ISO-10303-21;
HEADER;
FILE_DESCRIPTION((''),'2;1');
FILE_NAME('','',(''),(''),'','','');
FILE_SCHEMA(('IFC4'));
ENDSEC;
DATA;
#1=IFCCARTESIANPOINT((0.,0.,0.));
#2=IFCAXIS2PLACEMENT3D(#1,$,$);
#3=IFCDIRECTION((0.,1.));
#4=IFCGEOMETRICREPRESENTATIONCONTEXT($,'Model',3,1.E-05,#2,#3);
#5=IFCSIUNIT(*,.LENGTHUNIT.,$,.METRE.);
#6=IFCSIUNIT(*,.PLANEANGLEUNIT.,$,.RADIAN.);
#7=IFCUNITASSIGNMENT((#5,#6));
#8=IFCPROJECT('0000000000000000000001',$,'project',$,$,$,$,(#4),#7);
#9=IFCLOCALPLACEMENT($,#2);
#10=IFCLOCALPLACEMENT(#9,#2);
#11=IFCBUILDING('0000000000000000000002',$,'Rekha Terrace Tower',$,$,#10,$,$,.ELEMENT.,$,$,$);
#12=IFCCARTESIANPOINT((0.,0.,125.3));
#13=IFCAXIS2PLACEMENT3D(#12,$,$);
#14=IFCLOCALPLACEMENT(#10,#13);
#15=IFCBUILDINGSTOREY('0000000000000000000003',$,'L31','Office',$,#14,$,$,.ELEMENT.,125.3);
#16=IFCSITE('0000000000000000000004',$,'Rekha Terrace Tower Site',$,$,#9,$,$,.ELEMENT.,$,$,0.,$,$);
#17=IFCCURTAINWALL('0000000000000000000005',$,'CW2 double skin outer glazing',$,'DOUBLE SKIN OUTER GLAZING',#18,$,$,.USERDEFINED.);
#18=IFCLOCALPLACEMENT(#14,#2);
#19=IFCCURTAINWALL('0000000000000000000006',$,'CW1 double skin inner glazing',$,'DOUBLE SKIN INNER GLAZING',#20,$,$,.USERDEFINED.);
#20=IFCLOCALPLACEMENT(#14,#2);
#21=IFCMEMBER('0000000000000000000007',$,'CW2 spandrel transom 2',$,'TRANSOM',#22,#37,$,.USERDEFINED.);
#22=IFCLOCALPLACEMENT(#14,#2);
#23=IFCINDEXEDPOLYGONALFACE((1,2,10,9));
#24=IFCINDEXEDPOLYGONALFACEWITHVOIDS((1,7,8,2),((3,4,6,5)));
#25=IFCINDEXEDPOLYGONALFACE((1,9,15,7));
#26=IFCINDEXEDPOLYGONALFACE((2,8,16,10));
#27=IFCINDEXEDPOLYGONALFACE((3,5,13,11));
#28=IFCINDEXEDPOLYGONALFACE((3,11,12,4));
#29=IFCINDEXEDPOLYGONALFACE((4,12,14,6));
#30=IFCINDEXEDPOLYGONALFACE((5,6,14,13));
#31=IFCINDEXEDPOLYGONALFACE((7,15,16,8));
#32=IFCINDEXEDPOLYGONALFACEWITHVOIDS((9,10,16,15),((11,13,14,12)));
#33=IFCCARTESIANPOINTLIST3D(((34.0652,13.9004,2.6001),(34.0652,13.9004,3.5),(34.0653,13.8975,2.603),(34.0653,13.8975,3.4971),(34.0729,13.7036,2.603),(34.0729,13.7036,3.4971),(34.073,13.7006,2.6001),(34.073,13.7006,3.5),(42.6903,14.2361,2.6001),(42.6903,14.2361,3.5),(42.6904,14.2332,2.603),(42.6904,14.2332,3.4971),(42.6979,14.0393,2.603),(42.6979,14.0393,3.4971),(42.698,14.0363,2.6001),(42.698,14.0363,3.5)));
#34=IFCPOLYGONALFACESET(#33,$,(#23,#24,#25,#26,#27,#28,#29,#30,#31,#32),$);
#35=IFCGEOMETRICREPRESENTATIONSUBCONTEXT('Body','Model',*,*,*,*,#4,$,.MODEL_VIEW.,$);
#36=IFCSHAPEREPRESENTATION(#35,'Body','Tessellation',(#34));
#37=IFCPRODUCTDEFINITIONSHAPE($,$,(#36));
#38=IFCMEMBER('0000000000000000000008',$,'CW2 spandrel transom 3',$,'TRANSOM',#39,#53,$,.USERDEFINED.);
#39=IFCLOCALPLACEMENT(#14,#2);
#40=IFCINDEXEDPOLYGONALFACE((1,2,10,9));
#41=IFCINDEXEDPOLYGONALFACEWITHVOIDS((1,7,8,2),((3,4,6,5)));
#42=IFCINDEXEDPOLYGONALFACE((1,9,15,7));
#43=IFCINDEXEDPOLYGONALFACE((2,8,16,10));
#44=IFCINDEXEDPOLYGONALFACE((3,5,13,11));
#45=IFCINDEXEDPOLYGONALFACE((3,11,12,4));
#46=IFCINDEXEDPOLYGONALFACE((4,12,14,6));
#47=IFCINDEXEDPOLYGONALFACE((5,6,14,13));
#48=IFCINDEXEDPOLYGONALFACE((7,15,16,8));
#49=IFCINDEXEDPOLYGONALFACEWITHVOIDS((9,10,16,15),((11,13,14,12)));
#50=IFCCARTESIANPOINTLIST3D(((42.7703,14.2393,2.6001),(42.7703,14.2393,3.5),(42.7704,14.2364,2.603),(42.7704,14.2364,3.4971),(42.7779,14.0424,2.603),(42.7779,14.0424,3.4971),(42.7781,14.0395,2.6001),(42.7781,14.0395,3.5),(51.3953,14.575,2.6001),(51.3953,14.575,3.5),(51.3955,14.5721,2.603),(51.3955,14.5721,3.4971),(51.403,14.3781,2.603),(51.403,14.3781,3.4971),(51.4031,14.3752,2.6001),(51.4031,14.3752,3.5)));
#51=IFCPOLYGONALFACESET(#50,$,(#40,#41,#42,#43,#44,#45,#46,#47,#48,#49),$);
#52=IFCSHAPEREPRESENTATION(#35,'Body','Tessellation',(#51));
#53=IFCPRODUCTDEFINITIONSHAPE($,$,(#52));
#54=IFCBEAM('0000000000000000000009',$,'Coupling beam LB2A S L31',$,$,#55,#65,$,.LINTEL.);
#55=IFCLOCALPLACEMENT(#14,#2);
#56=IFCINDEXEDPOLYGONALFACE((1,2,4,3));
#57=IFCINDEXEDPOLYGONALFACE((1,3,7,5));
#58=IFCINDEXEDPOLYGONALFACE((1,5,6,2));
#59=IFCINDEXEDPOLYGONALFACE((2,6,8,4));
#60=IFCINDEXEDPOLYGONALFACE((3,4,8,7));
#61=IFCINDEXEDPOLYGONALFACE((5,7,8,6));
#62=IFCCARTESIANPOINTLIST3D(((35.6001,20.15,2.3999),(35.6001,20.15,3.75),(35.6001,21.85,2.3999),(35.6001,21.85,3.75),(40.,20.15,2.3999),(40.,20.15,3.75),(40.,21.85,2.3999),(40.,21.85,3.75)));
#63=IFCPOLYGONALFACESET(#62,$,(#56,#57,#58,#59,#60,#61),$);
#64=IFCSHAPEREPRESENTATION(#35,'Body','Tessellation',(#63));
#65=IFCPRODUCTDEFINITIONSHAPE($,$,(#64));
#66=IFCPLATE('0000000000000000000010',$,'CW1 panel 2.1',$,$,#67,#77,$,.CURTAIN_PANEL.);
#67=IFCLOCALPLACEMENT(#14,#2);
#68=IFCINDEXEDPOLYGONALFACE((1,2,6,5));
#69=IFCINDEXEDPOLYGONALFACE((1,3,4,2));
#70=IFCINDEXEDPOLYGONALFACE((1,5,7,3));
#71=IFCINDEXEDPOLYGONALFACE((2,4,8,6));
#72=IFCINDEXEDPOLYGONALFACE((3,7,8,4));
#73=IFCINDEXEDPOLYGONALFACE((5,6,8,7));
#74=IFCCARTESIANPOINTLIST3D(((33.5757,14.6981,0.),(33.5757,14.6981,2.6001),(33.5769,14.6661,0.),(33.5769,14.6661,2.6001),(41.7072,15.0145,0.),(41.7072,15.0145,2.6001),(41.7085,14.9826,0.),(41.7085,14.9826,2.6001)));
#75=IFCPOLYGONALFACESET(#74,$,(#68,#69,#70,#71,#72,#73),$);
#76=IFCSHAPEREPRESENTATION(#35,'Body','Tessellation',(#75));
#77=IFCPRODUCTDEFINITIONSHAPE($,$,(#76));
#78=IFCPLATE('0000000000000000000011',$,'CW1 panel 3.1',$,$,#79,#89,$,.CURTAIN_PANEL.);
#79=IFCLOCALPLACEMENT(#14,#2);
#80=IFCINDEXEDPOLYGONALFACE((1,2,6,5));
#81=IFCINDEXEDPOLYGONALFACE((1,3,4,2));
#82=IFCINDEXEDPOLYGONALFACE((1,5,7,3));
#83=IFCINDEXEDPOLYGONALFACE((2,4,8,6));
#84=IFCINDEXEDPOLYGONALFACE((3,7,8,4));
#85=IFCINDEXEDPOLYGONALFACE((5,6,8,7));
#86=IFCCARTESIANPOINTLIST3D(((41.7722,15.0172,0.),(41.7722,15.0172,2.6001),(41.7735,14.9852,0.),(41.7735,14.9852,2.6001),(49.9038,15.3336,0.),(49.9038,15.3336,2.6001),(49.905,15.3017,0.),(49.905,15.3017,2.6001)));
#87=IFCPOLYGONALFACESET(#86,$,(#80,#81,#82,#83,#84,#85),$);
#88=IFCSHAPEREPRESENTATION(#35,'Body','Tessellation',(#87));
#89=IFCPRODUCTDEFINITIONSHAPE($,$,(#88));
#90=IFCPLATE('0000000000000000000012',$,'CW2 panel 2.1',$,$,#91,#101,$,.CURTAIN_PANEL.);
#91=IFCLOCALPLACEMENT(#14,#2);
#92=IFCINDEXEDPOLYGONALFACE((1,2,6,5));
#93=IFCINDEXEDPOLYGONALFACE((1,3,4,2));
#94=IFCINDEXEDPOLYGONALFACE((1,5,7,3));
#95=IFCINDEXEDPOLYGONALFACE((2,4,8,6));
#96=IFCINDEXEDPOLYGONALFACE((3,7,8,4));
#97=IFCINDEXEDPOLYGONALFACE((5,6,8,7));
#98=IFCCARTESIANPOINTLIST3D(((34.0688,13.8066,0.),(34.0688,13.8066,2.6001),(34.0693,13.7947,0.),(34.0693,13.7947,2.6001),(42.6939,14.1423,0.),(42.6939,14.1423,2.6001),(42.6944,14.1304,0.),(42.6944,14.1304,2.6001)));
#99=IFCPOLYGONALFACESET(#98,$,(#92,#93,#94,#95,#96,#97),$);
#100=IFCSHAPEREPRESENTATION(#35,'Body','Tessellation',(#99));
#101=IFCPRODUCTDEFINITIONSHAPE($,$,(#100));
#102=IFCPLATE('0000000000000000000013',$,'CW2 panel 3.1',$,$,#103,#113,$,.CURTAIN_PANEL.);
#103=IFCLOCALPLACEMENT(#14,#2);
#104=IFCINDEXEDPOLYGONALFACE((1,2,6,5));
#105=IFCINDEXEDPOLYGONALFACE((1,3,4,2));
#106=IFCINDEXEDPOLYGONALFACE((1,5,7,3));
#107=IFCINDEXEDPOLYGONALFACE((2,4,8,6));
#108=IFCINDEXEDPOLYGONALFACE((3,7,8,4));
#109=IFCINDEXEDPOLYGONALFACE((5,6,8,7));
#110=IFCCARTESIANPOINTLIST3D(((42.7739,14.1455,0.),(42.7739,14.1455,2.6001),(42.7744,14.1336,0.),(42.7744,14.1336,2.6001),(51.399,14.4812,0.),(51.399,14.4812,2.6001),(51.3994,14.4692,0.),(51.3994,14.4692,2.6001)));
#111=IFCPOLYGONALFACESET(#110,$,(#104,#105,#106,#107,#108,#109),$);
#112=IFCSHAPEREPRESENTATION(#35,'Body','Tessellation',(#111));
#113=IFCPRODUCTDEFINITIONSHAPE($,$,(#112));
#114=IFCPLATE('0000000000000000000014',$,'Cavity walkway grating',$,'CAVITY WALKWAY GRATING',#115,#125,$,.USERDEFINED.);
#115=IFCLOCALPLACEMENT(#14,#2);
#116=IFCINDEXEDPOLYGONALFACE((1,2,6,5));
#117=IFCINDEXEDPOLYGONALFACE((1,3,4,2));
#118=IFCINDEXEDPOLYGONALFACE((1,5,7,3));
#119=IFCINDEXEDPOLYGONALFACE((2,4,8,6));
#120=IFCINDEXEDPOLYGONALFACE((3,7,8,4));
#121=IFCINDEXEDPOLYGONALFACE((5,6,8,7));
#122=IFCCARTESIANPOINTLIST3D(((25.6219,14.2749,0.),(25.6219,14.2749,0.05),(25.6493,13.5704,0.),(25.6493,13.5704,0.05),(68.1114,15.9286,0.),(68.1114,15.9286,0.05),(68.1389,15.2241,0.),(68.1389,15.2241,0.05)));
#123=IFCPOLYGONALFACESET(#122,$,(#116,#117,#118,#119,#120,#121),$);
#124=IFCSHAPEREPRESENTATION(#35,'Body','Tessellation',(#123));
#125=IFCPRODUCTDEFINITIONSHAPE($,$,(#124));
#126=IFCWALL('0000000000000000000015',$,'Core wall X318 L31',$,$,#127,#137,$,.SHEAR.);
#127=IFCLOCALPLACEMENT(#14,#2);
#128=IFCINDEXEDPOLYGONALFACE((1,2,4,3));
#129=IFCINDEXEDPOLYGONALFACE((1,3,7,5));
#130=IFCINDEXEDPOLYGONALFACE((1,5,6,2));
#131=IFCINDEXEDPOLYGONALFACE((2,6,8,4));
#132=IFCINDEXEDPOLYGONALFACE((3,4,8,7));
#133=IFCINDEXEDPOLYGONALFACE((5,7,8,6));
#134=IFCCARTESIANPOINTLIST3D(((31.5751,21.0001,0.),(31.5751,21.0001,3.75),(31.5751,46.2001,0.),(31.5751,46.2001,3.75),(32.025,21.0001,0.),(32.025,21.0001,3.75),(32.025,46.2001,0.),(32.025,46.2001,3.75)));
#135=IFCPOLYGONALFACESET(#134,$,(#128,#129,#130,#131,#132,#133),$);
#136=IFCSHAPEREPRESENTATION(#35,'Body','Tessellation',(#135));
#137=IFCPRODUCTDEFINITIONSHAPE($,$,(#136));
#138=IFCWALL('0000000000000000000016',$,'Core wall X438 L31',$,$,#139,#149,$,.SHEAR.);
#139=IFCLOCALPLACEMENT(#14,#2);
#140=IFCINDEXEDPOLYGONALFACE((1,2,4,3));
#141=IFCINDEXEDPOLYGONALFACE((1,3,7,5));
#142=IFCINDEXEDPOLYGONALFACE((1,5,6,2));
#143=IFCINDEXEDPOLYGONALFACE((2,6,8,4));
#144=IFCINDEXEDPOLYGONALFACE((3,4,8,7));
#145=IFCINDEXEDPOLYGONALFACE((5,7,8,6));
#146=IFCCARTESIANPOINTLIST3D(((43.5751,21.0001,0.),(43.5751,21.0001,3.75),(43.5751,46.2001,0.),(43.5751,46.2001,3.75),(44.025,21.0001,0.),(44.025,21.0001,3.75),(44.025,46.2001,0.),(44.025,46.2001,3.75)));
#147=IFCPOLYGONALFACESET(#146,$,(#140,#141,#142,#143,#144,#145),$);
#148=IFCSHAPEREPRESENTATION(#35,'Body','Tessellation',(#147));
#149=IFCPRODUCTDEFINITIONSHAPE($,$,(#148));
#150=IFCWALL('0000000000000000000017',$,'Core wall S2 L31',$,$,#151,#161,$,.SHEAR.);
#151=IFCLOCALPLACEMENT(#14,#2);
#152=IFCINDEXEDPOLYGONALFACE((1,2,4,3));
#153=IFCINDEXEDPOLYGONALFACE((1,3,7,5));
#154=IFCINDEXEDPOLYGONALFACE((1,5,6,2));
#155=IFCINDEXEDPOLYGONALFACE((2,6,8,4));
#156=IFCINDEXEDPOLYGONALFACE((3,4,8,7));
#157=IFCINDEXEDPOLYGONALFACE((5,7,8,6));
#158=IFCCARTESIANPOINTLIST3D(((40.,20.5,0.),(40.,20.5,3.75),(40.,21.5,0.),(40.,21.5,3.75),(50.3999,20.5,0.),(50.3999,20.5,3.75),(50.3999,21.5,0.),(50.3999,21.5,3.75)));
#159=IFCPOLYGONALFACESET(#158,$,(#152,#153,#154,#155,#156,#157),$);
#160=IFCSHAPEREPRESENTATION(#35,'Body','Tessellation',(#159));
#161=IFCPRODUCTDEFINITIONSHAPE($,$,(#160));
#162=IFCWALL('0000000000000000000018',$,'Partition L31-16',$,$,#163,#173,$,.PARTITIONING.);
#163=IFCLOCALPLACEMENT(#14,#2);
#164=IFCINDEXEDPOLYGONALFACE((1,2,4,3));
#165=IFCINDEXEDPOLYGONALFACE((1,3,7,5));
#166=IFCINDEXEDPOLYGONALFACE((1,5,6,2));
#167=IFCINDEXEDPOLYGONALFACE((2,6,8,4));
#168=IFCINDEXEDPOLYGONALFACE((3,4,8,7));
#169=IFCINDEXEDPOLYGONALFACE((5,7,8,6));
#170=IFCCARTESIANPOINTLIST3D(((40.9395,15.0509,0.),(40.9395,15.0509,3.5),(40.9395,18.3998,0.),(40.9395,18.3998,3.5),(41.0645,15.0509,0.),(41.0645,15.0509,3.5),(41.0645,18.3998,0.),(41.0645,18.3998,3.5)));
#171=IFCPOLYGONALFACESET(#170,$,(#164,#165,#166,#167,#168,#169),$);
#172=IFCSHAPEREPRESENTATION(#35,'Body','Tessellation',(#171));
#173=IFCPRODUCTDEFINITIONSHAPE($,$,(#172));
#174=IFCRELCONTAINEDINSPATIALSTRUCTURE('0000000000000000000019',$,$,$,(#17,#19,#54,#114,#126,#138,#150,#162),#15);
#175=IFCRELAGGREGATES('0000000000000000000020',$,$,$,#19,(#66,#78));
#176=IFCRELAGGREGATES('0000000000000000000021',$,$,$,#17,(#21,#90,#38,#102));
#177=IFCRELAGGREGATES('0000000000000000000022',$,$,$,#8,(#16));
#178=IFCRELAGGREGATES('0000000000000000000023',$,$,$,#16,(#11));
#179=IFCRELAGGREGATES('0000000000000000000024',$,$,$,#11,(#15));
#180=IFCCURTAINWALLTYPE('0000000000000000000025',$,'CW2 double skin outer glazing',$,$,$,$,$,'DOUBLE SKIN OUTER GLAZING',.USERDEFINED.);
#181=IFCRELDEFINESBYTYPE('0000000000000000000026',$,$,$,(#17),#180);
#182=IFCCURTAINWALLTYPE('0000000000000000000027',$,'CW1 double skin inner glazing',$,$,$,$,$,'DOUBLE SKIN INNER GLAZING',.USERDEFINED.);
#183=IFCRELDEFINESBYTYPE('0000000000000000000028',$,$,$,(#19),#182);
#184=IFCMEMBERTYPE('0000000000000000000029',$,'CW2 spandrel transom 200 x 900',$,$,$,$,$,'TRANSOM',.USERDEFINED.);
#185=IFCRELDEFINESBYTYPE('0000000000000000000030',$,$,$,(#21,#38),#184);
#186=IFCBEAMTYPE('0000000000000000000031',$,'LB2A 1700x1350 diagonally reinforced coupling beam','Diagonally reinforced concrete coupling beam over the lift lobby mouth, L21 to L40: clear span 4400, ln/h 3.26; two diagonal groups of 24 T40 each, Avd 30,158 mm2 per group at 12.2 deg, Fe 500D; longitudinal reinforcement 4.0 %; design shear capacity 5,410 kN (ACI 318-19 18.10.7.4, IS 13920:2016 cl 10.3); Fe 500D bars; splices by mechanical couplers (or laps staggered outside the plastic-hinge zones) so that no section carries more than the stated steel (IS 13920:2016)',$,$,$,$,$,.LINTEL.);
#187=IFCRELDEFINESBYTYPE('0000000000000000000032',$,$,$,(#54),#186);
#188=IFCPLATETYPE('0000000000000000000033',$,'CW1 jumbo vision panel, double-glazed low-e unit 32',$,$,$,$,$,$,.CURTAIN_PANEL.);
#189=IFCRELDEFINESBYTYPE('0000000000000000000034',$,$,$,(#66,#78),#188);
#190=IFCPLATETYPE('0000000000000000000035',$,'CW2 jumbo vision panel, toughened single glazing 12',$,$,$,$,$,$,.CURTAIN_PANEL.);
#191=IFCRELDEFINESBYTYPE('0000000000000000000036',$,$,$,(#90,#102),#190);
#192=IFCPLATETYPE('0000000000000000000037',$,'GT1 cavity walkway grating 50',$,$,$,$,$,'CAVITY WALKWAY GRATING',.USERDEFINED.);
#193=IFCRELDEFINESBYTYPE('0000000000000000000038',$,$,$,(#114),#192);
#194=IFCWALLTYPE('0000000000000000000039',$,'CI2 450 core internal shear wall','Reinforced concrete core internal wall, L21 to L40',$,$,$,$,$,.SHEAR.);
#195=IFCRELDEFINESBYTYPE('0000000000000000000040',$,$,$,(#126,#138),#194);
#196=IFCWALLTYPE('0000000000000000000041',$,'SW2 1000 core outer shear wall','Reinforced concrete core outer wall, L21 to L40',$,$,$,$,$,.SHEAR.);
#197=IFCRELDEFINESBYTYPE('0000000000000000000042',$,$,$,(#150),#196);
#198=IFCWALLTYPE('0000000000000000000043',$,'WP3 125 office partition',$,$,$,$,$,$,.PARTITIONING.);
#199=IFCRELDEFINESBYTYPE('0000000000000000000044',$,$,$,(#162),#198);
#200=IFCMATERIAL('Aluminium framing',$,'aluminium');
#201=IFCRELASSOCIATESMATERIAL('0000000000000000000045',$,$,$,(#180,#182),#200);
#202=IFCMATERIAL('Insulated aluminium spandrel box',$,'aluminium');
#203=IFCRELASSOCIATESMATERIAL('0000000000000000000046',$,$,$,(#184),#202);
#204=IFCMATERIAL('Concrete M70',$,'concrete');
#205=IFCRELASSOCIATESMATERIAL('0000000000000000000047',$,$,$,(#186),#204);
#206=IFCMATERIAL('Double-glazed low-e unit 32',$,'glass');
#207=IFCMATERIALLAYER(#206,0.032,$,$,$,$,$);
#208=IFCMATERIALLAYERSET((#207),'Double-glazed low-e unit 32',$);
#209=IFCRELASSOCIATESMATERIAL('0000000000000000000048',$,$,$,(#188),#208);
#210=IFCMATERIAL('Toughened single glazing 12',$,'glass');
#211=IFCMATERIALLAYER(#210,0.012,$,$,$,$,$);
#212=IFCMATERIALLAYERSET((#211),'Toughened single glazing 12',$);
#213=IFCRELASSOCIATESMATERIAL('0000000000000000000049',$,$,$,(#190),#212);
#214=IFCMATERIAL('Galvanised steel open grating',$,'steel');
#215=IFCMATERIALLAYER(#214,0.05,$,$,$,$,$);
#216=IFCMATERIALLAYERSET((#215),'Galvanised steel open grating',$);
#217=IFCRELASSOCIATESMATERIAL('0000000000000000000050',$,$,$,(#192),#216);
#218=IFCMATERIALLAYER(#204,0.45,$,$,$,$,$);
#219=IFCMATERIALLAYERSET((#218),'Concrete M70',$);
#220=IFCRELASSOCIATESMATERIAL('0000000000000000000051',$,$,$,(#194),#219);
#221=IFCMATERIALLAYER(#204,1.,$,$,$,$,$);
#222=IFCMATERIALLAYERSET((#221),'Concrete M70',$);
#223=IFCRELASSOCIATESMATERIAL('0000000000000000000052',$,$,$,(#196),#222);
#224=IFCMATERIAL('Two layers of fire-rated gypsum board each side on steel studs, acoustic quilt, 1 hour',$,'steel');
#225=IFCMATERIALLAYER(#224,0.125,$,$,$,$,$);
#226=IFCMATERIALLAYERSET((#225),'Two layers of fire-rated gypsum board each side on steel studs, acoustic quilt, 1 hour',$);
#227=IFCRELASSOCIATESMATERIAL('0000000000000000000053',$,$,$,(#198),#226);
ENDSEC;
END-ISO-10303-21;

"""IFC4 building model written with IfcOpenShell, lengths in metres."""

from ifc_helpers import new_model, si_unit, direction, frame, frame_2d, origin, origin_2d, place, context, subcontext, project, spatial, rectangle, hollow_rectangle, extrude, material, layer, layer_set, material_profile, profile_set, type_object, element, aggregate, save


model = new_model("IFC4")

# Units and contexts
model_context = context("Model", 3, precision=1e-05, world=origin(), true_north=direction((0.0, 1.0)))
body_context = subcontext(model_context, "Body", "Model", "MODEL_VIEW")
ifc_project = project(units=[si_unit("LENGTHUNIT", "METRE"), si_unit("PLANEANGLEUNIT", "RADIAN")], contexts=[model_context])

# Site, building, storey
site_placement = place(None, origin())
site = spatial("IfcSite", under=ifc_project, at=site_placement, Name="Rekha Terrace Tower Site", CompositionType="ELEMENT", RefElevation=0.0)
building_placement = place(site_placement, origin())
building = spatial("IfcBuilding", under=site, at=building_placement, Name="Rekha Terrace Tower", CompositionType="ELEMENT")
storey_placement = place(building_placement, frame((0.0, 0.0, 125.3)))
storey = spatial("IfcBuildingStorey", under=building, at=storey_placement, Name="L31", Description="Office", CompositionType="ELEMENT", Elevation=125.3)

# Shared definitions
ifc_material_1 = material(Name="Concrete M70", Category="concrete")

# Curtain walls
ifc_material_2 = material(Name="Aluminium framing", Category="aluminium")
curtain_wall_type_1 = type_object("IfcCurtainWallType", Name="CW2 double skin outer glazing", ElementType="DOUBLE SKIN OUTER GLAZING", PredefinedType="USERDEFINED", material=ifc_material_2)
curtain_wall_1_placement = place(storey_placement, origin())
curtain_wall_1 = element("IfcCurtainWall", 1, at=curtain_wall_1_placement, inside=storey, type_object=curtain_wall_type_1, Name="CW2 double skin outer glazing", ObjectType="DOUBLE SKIN OUTER GLAZING", PredefinedType="USERDEFINED")
curtain_wall_type_2 = type_object("IfcCurtainWallType", Name="CW1 double skin inner glazing", ElementType="DOUBLE SKIN INNER GLAZING", PredefinedType="USERDEFINED", material=ifc_material_2)
curtain_wall_2_placement = place(storey_placement, origin())
curtain_wall_2 = element("IfcCurtainWall", 2, at=curtain_wall_2_placement, inside=storey, type_object=curtain_wall_type_2, Name="CW1 double skin inner glazing", ObjectType="DOUBLE SKIN INNER GLAZING", PredefinedType="USERDEFINED")
ifc_material_3 = material(Name="Insulated aluminium spandrel box", Category="aluminium")

# Members
ifc_material_profile_1 = material_profile(ifc_material_3, hollow_rectangle(XDim=0.2, YDim=0.8999, WallThickness=0.0029, at=origin_2d()), Name="AL SPANDREL BOX 200x900")
ifc_profile_set_1 = profile_set([ifc_material_profile_1], Name="Insulated aluminium spandrel box")
member_type_1 = type_object("IfcMemberType", Name="CW2 spandrel transom 200 x 900", ElementType="TRANSOM", PredefinedType="USERDEFINED", material=ifc_profile_set_1)
member_1_placement = place(storey_placement, frame((34.0691, 13.8005, 3.05), z_axis=(0.999243, 0.038892, 0.0), x_axis=(-0.038892, 0.999243, 0.0)))
member_1 = element("IfcMember", 3, at=member_1_placement, type_object=member_type_1, Name="CW2 spandrel transom 2", ObjectType="TRANSOM", PredefinedType="USERDEFINED", context=body_context, shape_type="SweptSolid", body=[
    extrude(hollow_rectangle(XDim=0.2, YDim=0.8999, WallThickness=0.0029, at=origin_2d()), origin(), (0.0, 0.0, 1.0), 8.6316),
])
member_2_placement = place(storey_placement, frame((42.7742, 14.1394, 3.05), z_axis=(0.999243, 0.038892, 0.0), x_axis=(-0.038892, 0.999243, 0.0)))
member_2 = element("IfcMember", 4, at=member_2_placement, type_object=member_type_1, Name="CW2 spandrel transom 3", ObjectType="TRANSOM", PredefinedType="USERDEFINED", context=body_context, shape_type="SweptSolid", body=[
    extrude(hollow_rectangle(XDim=0.2, YDim=0.8999, WallThickness=0.0029, at=origin_2d()), origin(), (0.0, 0.0, 1.0), 8.6316),
])

# Beam
ifc_material_profile_2 = material_profile(ifc_material_1, rectangle(XDim=1.7, YDim=1.3501, at=origin_2d()), Name="RC 1700x1350")
ifc_profile_set_2 = profile_set([ifc_material_profile_2], Name="Concrete M70")
beam_type = type_object("IfcBeamType", Name="LB2A 1700x1350 diagonally reinforced coupling beam", Description="Diagonally reinforced concrete coupling beam over the lift lobby mouth, L21 to L40: clear span 4400, ln/h 3.26; two diagonal groups of 24 T40 each, Avd 30,158 mm2 per group at 12.2 deg, Fe 500D; longitudinal reinforcement 4.0 %; design shear capacity 5,410 kN (ACI 318-19 18.10.7.4, IS 13920:2016 cl 10.3); Fe 500D bars; splices by mechanical couplers (or laps staggered outside the plastic-hinge zones) so that no section carries more than the stated steel (IS 13920:2016)", PredefinedType="LINTEL", material=ifc_profile_set_2)
beam_placement = place(storey_placement, frame((35.6001, 21.0, 3.075), z_axis=(1.0, 0.0, 0.0), x_axis=(0.0, 1.0, 0.0)))
element("IfcBeam", 5, at=beam_placement, inside=storey, type_object=beam_type, Name="Coupling beam LB2A S L31", PredefinedType="LINTEL", context=body_context, shape_type="SweptSolid", body=[
    extrude(rectangle(XDim=1.7, YDim=1.3501, at=origin_2d()), origin(), (0.0, 0.0, 1.0), 4.3999),
])

# Plates
ifc_material_4 = material(Name="Double-glazed low-e unit 32", Category="glass")
ifc_layer_1 = layer(ifc_material_4, 0.032)
ifc_layer_set_1 = layer_set([ifc_layer_1], Name="Double-glazed low-e unit 32")
plate_type_1 = type_object("IfcPlateType", Name="CW1 jumbo vision panel, double-glazed low-e unit 32", PredefinedType="CURTAIN_PANEL", material=ifc_layer_set_1)
plate_1_placement = place(storey_placement, frame((37.6421, 14.8403, 0.0), z_axis=(0.0, 0.0, 1.0), x_axis=(0.999243, 0.03889, 0.0)))
plate_1 = element("IfcPlate", 6, at=plate_1_placement, type_object=plate_type_1, Name="CW1 panel 2.1", PredefinedType="CURTAIN_PANEL", context=body_context, shape_type="SweptSolid", body=[
    extrude(rectangle(XDim=8.1377, YDim=0.032, at=origin_2d()), origin(), (0.0, 0.0, 1.0), 2.6001),
])
plate_2_placement = place(storey_placement, frame((45.8386, 15.1594, 0.0), z_axis=(0.0, 0.0, 1.0), x_axis=(0.999243, 0.03889, 0.0)))
plate_2 = element("IfcPlate", 7, at=plate_2_placement, type_object=plate_type_1, Name="CW1 panel 3.1", PredefinedType="CURTAIN_PANEL", context=body_context, shape_type="SweptSolid", body=[
    extrude(rectangle(XDim=8.1377, YDim=0.032, at=origin_2d()), origin(), (0.0, 0.0, 1.0), 2.6001),
])
aggregate(curtain_wall_2, [plate_1, plate_2])
ifc_material_5 = material(Name="Toughened single glazing 12", Category="glass")
ifc_layer_2 = layer(ifc_material_5, 0.012)
ifc_layer_set_2 = layer_set([ifc_layer_2], Name="Toughened single glazing 12")
plate_type_2 = type_object("IfcPlateType", Name="CW2 jumbo vision panel, toughened single glazing 12", PredefinedType="CURTAIN_PANEL", material=ifc_layer_set_2)
plate_3_placement = place(storey_placement, frame((38.3816, 13.9685, 0.0), z_axis=(0.0, 0.0, 1.0), x_axis=(0.999243, 0.03889, 0.0)))
plate_3 = element("IfcPlate", 8, at=plate_3_placement, type_object=plate_type_2, Name="CW2 panel 2.1", PredefinedType="CURTAIN_PANEL", context=body_context, shape_type="SweptSolid", body=[
    extrude(rectangle(XDim=8.6316, YDim=0.012, at=origin_2d()), origin(), (0.0, 0.0, 1.0), 2.6001),
])
plate_4_placement = place(storey_placement, frame((47.0867, 14.3074, 0.0), z_axis=(0.0, 0.0, 1.0), x_axis=(0.999243, 0.03889, 0.0)))
plate_4 = element("IfcPlate", 9, at=plate_4_placement, type_object=plate_type_2, Name="CW2 panel 3.1", PredefinedType="CURTAIN_PANEL", context=body_context, shape_type="SweptSolid", body=[
    extrude(rectangle(XDim=8.6316, YDim=0.012, at=origin_2d()), origin(), (0.0, 0.0, 1.0), 2.6001),
])
aggregate(curtain_wall_1, [member_1, plate_3, member_2, plate_4])
ifc_material_6 = material(Name="Galvanised steel open grating", Category="steel")
ifc_layer_3 = layer(ifc_material_6, 0.05)
ifc_layer_set_3 = layer_set([ifc_layer_3], Name="Galvanised steel open grating")
plate_type_3 = type_object("IfcPlateType", Name="GT1 cavity walkway grating 50", ElementType="CAVITY WALKWAY GRATING", PredefinedType="USERDEFINED", material=ifc_layer_set_3)
plate_5_placement = place(storey_placement, frame((46.8804, 14.7495, 0.0), z_axis=(0.0, 0.0, 1.0), x_axis=(0.999243, 0.03889, 0.0)))
element("IfcPlate", 10, at=plate_5_placement, inside=storey, type_object=plate_type_3, Name="Cavity walkway grating", ObjectType="CAVITY WALKWAY GRATING", PredefinedType="USERDEFINED", context=body_context, shape_type="SweptSolid", body=[
    extrude(rectangle(XDim=42.5217, YDim=0.7051, at=origin_2d()), origin(), (0.0, 0.0, 1.0), 0.05),
])

# Walls
ifc_layer_4 = layer(ifc_material_1, 0.45)
ifc_layer_set_4 = layer_set([ifc_layer_4], Name="Concrete M70")
wall_type_1 = type_object("IfcWallType", Name="CI2 450 core internal shear wall", Description="Reinforced concrete core internal wall, L21 to L40", PredefinedType="SHEAR", material=ifc_layer_set_4)
for number, where, z_axis, x_axis, name in (
    (11, (31.8, 21.0, 0.0), (0.0, 0.0, 1.0), (0.0, 1.0, 0.0), "Core wall X318 L31"),
    (12, (43.8, 21.0, 0.0), (0.0, 0.0, 1.0), (0.0, 1.0, 0.0), "Core wall X438 L31"),
):
    element("IfcWall", number, at=place(storey_placement, frame(where, z_axis=z_axis, x_axis=x_axis)), inside=storey, type_object=wall_type_1, Name=name, PredefinedType="SHEAR", context=body_context, shape_type="SweptSolid", body=[
        extrude(rectangle(XDim=25.2, YDim=0.45, at=frame_2d((12.6001, 0.0))), origin(), (0.0, 0.0, 1.0), 3.75),
    ])
ifc_layer_5 = layer(ifc_material_1, 1.0)
ifc_layer_set_5 = layer_set([ifc_layer_5], Name="Concrete M70")
wall_type_2 = type_object("IfcWallType", Name="SW2 1000 core outer shear wall", Description="Reinforced concrete core outer wall, L21 to L40", PredefinedType="SHEAR", material=ifc_layer_set_5)
wall_1_placement = place(storey_placement, frame((40.0, 21.0, 0.0), z_axis=(0.0, 0.0, 1.0), x_axis=(1.0, 0.0, 0.0)))
element("IfcWall", 13, at=wall_1_placement, inside=storey, type_object=wall_type_2, Name="Core wall S2 L31", PredefinedType="SHEAR", context=body_context, shape_type="SweptSolid", body=[
    extrude(rectangle(XDim=10.3999, YDim=1.0, at=frame_2d((5.2, 0.0))), origin(), (0.0, 0.0, 1.0), 3.75),
])
ifc_material_7 = material(Name="Two layers of fire-rated gypsum board each side on steel studs, acoustic quilt, 1 hour", Category="steel")
ifc_layer_6 = layer(ifc_material_7, 0.125)
ifc_layer_set_6 = layer_set([ifc_layer_6], Name="Two layers of fire-rated gypsum board each side on steel studs, acoustic quilt, 1 hour")
wall_type_3 = type_object("IfcWallType", Name="WP3 125 office partition", PredefinedType="PARTITIONING", material=ifc_layer_set_6)
wall_2_placement = place(storey_placement, frame((41.002, 15.051, 0.0), z_axis=(0.0, 0.0, 1.0), x_axis=(0.0, 1.0, 0.0)))
element("IfcWall", 14, at=wall_2_placement, inside=storey, type_object=wall_type_3, Name="Partition L31-16", PredefinedType="PARTITIONING", context=body_context, shape_type="SweptSolid", body=[
    extrude(rectangle(XDim=3.3489, YDim=0.125, at=frame_2d((1.6743, 0.0))), origin(), (0.0, 0.0, 1.0), 3.5),
])

save(model, "model.ifc")
